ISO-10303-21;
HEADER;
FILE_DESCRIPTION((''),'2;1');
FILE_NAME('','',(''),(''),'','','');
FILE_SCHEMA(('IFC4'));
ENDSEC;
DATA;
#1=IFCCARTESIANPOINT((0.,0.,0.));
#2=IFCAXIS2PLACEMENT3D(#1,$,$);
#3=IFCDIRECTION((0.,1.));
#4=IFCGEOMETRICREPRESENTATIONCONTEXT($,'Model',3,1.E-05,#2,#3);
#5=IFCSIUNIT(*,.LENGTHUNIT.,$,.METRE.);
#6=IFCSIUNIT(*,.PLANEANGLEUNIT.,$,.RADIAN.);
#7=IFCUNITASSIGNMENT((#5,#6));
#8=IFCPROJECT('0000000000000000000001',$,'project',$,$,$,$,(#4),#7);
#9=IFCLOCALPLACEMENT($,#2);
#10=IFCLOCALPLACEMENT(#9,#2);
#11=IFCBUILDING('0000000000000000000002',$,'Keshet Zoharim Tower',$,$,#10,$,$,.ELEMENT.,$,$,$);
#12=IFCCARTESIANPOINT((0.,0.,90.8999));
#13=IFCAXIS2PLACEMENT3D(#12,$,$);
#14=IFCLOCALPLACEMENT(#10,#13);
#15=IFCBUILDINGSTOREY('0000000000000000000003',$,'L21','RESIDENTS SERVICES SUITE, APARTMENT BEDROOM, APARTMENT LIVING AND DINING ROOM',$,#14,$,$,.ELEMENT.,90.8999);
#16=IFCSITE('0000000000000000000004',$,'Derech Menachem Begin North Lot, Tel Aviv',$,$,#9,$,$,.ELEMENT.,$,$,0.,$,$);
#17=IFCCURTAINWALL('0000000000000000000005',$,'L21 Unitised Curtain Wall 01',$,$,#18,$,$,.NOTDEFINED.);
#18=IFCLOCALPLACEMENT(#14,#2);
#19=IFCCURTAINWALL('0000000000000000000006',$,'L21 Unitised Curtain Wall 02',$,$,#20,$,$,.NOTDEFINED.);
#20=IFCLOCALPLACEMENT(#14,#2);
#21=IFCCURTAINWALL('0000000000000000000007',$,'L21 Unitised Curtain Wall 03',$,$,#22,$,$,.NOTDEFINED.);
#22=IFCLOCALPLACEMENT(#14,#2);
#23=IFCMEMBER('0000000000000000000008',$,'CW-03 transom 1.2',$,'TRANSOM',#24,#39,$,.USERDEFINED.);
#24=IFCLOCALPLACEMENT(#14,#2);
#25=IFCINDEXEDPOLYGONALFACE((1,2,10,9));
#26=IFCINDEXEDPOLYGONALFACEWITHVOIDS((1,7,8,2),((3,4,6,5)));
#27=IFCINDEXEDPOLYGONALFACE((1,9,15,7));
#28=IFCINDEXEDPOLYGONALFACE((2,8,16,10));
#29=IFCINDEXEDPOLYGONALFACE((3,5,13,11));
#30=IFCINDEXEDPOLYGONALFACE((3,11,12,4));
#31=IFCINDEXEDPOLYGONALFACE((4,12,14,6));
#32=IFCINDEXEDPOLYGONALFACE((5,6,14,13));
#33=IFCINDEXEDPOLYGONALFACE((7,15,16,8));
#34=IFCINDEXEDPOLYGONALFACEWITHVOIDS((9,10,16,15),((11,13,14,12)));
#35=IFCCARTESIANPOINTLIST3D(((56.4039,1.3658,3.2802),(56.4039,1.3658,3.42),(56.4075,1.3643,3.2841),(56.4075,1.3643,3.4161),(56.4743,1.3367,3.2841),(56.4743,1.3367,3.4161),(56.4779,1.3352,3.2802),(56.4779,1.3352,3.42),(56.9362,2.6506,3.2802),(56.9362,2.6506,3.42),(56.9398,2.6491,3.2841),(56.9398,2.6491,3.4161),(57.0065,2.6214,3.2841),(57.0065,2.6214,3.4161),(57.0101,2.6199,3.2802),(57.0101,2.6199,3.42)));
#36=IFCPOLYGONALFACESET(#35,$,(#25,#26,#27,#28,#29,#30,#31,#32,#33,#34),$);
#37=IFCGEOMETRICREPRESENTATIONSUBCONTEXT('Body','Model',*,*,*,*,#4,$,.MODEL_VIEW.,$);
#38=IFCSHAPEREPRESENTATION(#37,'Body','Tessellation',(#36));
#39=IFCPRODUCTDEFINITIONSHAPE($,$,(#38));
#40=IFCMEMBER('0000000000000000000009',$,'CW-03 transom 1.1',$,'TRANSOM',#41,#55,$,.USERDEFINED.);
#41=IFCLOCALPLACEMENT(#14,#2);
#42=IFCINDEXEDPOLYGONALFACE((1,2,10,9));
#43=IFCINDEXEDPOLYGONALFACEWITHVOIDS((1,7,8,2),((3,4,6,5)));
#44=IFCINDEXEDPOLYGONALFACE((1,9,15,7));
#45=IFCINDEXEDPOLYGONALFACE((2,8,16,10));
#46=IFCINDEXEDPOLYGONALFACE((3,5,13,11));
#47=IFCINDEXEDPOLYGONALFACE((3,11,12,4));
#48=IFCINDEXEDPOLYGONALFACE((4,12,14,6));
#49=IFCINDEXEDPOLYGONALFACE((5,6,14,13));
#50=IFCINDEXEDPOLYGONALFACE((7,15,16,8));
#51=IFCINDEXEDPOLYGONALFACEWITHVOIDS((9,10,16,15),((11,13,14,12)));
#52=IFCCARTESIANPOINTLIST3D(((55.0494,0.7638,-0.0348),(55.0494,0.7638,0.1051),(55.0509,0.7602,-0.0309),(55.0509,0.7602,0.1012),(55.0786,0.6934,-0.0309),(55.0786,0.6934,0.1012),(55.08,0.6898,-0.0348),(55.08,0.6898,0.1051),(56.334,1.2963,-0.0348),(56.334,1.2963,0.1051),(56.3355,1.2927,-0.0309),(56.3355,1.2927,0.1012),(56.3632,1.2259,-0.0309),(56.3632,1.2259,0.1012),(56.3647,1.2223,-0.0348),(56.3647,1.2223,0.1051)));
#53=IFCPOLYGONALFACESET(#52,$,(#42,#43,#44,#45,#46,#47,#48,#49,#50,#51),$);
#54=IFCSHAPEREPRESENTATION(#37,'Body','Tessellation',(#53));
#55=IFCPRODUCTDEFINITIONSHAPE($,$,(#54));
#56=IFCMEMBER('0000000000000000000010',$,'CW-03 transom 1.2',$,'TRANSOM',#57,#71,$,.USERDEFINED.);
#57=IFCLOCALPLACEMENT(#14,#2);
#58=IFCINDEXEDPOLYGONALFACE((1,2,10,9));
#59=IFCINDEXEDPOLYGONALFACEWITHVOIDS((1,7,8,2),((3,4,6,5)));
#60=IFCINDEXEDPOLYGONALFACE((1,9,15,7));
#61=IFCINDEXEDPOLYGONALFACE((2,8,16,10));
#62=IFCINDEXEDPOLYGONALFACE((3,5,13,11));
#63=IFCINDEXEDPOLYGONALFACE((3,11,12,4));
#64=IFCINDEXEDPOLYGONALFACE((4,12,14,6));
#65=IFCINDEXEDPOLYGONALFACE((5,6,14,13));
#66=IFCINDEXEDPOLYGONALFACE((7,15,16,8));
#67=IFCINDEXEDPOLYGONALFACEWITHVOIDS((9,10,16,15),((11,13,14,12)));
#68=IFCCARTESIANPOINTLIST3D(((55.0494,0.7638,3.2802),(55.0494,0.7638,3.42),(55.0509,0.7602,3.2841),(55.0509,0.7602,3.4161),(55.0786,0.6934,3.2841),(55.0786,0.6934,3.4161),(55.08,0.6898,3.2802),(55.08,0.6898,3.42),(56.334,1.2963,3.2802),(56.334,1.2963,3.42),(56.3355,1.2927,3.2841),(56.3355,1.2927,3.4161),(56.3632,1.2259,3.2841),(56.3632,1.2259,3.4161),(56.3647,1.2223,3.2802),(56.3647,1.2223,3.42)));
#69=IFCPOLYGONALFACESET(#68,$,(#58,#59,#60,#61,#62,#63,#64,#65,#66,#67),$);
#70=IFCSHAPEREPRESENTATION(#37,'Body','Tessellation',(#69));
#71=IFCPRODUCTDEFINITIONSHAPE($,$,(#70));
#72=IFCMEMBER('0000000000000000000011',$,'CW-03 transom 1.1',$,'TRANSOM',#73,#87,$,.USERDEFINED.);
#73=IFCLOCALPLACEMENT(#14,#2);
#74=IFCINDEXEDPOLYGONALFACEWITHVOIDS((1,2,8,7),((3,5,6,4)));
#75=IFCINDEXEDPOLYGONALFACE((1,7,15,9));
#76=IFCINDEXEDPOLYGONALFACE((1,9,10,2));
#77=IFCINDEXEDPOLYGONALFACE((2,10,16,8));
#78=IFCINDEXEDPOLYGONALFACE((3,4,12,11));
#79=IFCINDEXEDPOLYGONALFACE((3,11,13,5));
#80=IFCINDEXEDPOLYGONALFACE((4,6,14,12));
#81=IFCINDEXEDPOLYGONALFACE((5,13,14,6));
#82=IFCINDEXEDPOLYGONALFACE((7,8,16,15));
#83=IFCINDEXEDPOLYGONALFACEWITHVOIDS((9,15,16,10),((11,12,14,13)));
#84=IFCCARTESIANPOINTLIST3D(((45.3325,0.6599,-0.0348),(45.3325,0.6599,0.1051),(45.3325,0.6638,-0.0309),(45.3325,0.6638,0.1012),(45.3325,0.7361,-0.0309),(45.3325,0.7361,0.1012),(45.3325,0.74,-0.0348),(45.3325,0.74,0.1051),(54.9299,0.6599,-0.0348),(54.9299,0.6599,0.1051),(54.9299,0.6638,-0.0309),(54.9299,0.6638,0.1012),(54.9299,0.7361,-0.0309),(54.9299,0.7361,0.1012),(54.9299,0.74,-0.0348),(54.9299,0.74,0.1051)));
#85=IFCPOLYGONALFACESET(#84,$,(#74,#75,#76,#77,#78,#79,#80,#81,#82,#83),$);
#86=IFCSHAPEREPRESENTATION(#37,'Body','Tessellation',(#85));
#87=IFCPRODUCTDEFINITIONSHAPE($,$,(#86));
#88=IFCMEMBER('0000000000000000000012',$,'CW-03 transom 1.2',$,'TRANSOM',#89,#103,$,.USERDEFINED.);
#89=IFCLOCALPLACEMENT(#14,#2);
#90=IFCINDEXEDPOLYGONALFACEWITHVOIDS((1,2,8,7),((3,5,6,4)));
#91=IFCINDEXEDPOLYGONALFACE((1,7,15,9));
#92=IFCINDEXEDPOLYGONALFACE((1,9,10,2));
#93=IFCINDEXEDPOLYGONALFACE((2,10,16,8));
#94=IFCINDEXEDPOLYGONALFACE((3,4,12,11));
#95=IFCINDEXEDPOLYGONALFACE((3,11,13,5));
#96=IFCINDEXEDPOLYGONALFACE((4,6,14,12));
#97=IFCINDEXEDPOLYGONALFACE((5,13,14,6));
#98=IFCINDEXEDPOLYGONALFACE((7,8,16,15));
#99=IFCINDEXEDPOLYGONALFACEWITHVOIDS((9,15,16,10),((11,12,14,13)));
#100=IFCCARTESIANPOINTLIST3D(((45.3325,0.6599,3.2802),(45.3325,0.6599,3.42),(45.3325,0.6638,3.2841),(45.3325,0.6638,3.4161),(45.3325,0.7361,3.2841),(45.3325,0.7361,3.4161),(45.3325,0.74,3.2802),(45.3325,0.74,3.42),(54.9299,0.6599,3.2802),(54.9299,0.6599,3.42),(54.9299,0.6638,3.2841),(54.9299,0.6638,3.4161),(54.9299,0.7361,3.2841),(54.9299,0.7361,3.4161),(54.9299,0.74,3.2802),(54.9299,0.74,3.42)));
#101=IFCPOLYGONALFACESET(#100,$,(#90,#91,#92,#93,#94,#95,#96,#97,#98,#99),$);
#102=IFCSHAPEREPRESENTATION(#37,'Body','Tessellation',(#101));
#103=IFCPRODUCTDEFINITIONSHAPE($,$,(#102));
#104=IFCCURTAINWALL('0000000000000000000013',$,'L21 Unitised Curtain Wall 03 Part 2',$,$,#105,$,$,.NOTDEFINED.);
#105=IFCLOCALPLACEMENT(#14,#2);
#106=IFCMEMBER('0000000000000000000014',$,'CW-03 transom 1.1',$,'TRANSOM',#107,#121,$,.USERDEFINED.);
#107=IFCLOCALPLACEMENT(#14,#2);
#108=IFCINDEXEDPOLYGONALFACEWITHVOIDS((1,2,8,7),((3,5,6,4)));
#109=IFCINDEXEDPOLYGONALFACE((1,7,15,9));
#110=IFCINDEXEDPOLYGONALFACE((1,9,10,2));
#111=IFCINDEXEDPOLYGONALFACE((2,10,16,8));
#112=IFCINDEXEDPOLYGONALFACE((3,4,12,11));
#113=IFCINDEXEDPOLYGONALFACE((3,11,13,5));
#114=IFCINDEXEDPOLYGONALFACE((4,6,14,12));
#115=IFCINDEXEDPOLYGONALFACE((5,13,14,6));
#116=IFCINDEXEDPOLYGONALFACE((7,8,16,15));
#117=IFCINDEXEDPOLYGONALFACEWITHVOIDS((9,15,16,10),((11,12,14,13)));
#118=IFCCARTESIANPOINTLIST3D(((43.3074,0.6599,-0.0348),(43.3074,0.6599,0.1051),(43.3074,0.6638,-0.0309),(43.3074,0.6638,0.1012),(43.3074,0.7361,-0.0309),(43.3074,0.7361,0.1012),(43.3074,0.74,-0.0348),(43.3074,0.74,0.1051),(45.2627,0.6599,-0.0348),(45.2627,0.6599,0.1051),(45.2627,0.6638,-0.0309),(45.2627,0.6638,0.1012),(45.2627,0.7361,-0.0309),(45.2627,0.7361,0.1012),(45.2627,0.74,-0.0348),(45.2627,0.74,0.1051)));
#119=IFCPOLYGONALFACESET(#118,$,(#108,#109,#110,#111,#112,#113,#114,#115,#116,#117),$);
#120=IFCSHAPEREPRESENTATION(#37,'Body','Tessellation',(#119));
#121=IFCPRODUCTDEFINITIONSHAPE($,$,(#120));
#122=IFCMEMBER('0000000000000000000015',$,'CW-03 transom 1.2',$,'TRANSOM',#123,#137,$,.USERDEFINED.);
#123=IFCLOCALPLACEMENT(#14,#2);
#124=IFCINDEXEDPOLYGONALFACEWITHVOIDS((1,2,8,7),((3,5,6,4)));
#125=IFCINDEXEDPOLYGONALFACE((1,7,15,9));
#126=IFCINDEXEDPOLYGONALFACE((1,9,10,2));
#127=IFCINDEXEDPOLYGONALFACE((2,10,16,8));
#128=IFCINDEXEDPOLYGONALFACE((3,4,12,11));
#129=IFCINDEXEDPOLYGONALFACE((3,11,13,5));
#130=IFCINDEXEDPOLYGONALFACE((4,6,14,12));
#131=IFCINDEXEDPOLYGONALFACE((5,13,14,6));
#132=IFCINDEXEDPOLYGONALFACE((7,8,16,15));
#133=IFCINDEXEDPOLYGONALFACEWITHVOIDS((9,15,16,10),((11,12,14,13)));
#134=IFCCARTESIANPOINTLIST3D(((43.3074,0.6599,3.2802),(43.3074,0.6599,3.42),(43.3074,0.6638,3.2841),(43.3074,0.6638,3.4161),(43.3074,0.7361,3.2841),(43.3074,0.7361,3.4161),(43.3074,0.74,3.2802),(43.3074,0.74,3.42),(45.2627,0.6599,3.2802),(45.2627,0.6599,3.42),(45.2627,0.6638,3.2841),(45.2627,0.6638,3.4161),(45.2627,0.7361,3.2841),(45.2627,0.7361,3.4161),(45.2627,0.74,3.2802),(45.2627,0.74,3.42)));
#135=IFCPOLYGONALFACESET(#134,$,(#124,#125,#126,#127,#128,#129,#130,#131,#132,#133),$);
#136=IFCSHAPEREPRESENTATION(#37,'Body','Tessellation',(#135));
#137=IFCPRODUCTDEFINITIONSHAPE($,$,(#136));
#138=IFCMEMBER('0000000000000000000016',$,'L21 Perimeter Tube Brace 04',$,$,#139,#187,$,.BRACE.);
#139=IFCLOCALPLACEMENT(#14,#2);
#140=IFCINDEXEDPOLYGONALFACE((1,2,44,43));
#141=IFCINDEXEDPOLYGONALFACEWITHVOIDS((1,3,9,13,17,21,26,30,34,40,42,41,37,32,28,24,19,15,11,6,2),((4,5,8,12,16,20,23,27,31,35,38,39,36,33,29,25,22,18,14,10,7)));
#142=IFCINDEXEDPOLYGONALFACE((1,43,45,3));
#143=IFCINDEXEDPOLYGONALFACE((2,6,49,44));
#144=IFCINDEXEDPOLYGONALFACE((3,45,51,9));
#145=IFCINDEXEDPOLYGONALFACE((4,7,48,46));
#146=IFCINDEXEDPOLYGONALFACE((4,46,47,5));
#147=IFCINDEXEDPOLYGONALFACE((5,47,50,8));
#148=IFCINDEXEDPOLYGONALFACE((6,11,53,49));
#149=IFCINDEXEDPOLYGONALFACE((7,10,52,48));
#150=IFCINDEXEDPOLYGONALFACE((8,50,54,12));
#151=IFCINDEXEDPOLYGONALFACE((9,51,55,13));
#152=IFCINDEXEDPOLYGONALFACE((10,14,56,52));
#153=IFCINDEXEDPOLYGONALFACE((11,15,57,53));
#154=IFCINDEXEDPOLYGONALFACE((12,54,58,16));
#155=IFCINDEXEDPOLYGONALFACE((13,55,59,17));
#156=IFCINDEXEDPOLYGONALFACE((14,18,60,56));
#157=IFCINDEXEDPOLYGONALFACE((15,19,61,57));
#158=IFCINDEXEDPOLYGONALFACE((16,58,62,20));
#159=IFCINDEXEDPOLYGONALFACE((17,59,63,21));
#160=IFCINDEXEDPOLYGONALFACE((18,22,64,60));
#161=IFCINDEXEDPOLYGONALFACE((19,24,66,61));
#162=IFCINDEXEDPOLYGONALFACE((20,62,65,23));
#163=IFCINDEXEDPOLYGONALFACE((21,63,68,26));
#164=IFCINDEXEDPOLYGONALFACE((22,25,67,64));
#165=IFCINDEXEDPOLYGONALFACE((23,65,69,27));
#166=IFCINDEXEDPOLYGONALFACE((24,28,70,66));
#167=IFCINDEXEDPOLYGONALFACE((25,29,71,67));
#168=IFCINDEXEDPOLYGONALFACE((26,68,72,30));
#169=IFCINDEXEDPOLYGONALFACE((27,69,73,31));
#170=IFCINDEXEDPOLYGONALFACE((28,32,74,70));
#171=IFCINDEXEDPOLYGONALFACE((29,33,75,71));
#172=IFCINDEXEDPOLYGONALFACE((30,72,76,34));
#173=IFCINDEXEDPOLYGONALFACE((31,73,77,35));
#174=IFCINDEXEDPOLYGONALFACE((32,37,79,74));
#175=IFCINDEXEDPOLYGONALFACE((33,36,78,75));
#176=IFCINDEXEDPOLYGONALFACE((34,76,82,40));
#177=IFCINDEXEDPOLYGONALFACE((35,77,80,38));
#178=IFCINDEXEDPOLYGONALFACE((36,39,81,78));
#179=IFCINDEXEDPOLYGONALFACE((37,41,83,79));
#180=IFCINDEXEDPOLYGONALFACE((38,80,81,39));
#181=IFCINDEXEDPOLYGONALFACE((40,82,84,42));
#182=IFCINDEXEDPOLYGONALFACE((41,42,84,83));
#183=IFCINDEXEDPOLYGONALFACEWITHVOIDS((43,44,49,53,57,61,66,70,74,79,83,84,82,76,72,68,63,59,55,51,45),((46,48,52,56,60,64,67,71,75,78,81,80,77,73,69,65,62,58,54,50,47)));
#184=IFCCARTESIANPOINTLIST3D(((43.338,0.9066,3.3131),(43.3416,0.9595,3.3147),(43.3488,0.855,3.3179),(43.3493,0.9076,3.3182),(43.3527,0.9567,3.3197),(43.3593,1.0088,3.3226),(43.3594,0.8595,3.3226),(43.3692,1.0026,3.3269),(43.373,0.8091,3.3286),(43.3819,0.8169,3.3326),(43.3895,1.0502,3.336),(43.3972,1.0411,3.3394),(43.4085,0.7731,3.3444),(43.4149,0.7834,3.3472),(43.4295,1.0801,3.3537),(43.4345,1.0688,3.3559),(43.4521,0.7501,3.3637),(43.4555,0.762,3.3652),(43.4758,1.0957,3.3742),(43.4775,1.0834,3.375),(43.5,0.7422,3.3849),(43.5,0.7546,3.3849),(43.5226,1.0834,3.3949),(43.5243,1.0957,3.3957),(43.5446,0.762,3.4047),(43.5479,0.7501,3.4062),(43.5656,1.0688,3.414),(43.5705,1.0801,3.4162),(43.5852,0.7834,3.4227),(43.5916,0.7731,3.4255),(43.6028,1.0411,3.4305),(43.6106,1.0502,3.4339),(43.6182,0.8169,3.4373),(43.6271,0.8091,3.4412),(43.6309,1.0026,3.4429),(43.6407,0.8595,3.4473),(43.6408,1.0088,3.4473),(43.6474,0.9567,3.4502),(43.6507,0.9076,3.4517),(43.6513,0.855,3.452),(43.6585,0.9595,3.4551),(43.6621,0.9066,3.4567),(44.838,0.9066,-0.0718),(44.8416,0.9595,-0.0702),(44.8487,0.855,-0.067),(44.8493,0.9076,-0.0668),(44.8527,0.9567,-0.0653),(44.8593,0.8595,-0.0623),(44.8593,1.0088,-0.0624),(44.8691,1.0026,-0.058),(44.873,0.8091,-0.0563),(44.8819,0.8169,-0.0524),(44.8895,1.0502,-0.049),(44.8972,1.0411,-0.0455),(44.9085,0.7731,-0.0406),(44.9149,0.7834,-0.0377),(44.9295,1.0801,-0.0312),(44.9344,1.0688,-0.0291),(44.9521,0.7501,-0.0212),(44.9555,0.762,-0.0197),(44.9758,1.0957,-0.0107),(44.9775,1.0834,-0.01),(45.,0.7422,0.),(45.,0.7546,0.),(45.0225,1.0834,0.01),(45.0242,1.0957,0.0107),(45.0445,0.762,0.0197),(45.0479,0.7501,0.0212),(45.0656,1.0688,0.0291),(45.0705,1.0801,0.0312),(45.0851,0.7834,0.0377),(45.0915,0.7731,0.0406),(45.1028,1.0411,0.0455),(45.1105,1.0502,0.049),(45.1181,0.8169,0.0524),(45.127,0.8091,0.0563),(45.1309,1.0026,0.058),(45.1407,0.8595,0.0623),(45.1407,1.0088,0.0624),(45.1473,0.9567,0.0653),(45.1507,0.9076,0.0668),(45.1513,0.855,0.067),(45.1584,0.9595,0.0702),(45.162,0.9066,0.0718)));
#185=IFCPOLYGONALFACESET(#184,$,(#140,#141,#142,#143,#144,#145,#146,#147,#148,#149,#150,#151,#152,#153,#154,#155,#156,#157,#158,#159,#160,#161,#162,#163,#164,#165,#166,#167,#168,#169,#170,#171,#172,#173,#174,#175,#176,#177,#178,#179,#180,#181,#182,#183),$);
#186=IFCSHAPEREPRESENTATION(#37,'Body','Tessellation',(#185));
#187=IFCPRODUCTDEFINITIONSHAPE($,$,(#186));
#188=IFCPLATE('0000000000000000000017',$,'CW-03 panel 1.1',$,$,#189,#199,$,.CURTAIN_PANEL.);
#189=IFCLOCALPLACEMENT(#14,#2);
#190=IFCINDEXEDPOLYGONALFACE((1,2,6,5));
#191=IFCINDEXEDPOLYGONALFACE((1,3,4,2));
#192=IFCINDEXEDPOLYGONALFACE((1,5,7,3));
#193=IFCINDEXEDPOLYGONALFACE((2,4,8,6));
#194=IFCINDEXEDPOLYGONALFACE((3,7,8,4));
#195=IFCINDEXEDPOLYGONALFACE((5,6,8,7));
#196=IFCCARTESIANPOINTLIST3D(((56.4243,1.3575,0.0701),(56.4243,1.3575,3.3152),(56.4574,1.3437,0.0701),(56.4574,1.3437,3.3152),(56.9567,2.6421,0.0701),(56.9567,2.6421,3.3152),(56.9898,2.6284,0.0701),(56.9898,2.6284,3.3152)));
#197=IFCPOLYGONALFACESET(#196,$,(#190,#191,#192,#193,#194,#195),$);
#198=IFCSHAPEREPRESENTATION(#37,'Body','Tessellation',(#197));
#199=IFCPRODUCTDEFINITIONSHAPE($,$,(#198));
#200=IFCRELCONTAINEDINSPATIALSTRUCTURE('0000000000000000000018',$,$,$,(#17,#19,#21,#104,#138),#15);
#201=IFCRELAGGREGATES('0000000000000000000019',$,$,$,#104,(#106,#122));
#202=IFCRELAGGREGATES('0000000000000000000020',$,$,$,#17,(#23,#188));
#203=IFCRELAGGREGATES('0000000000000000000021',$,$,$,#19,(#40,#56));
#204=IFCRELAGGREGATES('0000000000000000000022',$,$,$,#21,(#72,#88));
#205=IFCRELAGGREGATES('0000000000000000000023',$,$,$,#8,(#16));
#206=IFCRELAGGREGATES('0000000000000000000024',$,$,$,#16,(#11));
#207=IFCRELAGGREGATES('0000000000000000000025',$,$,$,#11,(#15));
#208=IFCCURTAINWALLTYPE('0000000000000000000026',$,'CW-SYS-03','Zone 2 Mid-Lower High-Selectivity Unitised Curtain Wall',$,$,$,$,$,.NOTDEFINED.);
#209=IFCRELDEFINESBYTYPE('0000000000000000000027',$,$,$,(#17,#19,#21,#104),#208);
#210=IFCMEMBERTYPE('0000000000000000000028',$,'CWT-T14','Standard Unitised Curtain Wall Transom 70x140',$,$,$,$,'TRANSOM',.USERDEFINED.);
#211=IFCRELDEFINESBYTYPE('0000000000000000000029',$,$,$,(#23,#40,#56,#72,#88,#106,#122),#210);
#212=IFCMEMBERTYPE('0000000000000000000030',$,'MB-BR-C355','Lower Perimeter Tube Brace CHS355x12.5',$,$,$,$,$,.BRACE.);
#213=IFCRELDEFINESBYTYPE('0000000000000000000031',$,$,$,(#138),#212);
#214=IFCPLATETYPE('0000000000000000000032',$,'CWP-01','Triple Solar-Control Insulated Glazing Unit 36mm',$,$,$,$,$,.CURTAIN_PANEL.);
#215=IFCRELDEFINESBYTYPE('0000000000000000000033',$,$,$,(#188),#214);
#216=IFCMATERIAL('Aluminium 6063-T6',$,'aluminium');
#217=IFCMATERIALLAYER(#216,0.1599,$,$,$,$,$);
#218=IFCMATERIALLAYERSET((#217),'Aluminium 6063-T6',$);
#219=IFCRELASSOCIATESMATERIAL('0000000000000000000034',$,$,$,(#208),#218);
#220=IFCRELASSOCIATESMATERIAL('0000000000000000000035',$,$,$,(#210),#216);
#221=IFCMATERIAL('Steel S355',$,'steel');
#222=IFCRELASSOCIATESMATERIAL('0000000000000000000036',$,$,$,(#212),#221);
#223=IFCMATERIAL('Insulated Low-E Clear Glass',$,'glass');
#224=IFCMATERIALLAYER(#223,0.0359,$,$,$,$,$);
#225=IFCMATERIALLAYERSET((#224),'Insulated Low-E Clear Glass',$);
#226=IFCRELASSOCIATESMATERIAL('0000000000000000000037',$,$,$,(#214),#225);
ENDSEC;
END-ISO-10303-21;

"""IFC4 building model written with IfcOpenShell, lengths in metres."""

from ifc_helpers import new_model, si_unit, direction, frame, origin, origin_2d, place, context, subcontext, project, spatial, rectangle, hollow_rectangle, hollow_circle, extrude, material, layer, layer_set, material_profile, profile_set, type_object, element, aggregate, save


model = new_model("IFC4")

# Units and contexts
model_context = context("Model", 3, precision=1e-05, world=origin(), true_north=direction((0.0, 1.0)))
body_context = subcontext(model_context, "Body", "Model", "MODEL_VIEW")
ifc_project = project(units=[si_unit("LENGTHUNIT", "METRE"), si_unit("PLANEANGLEUNIT", "RADIAN")], contexts=[model_context])

# Site, building, storey
site_placement = place(None, origin())
site = spatial("IfcSite", under=ifc_project, at=site_placement, Name="Derech Menachem Begin North Lot, Tel Aviv", CompositionType="ELEMENT", RefElevation=0.0)
building_placement = place(site_placement, origin())
building = spatial("IfcBuilding", under=site, at=building_placement, Name="Keshet Zoharim Tower", CompositionType="ELEMENT")
storey_placement = place(building_placement, frame((0.0, 0.0, 90.8999)))
storey = spatial("IfcBuildingStorey", under=building, at=storey_placement, Name="L21", Description="RESIDENTS SERVICES SUITE, APARTMENT BEDROOM, APARTMENT LIVING AND DINING ROOM", CompositionType="ELEMENT", Elevation=90.8999)

# Shared definitions
ifc_material_1 = material(Name="Steel S355", Category="steel")

# Curtain walls
ifc_material_2 = material(Name="Aluminium 6063-T6", Category="aluminium")
ifc_layer_1 = layer(ifc_material_2, 0.1599)
ifc_layer_set_1 = layer_set([ifc_layer_1], Name="Aluminium 6063-T6")
curtain_wall_type = type_object("IfcCurtainWallType", Name="CW-SYS-03", Description="Zone 2 Mid-Lower High-Selectivity Unitised Curtain Wall", PredefinedType="NOTDEFINED", material=ifc_layer_set_1)
curtain_wall_1_placement = place(storey_placement, origin())
curtain_wall_1 = element("IfcCurtainWall", 1, at=curtain_wall_1_placement, inside=storey, type_object=curtain_wall_type, Name="L21 Unitised Curtain Wall 01", PredefinedType="NOTDEFINED")
curtain_wall_2_placement = place(storey_placement, origin())
curtain_wall_2 = element("IfcCurtainWall", 2, at=curtain_wall_2_placement, inside=storey, type_object=curtain_wall_type, Name="L21 Unitised Curtain Wall 02", PredefinedType="NOTDEFINED")
curtain_wall_3_placement = place(storey_placement, origin())
curtain_wall_3 = element("IfcCurtainWall", 3, at=curtain_wall_3_placement, inside=storey, type_object=curtain_wall_type, Name="L21 Unitised Curtain Wall 03", PredefinedType="NOTDEFINED")

# Members
ifc_material_profile_1 = material_profile(ifc_material_2, hollow_rectangle(XDim=0.0801, YDim=0.1399, WallThickness=0.0039, at=origin_2d()), Name="TRN-80x140")
ifc_profile_set_1 = profile_set([ifc_material_profile_1], Name="Aluminium 6063-T6")
member_type_1 = type_object("IfcMemberType", Name="CWT-T14", Description="Standard Unitised Curtain Wall Transom 70x140", ElementType="TRANSOM", PredefinedType="USERDEFINED", material=ifc_profile_set_1)
member_1_placement = place(storey_placement, frame((56.9731, 2.6353, 3.3501), z_axis=(-0.382745, -0.923854, 0.0), x_axis=(0.923854, -0.382745, 0.0)))
member_1 = element("IfcMember", 4, at=member_1_placement, type_object=member_type_1, Name="CW-03 transom 1.2", ObjectType="TRANSOM", PredefinedType="USERDEFINED", context=body_context, shape_type="SweptSolid", body=[
    extrude(hollow_rectangle(XDim=0.0801, YDim=0.1399, WallThickness=0.0039, at=origin_2d()), origin(), (0.0, 0.0, 1.0), 1.3906),
])
member_2_placement = place(storey_placement, frame((56.3494, 1.2593, 0.0352), z_axis=(-0.923792, -0.382894, 0.0), x_axis=(0.382894, -0.923792, 0.0)))
member_2 = element("IfcMember", 5, at=member_2_placement, type_object=member_type_1, Name="CW-03 transom 1.1", ObjectType="TRANSOM", PredefinedType="USERDEFINED", context=body_context, shape_type="SweptSolid", body=[
    extrude(hollow_rectangle(XDim=0.0801, YDim=0.1399, WallThickness=0.0039, at=origin_2d()), origin(), (0.0, 0.0, 1.0), 1.3906),
])
member_3_placement = place(storey_placement, frame((56.3494, 1.2593, 3.3501), z_axis=(-0.923792, -0.382894, 0.0), x_axis=(0.382894, -0.923792, 0.0)))
member_3 = element("IfcMember", 6, at=member_3_placement, type_object=member_type_1, Name="CW-03 transom 1.2", ObjectType="TRANSOM", PredefinedType="USERDEFINED", context=body_context, shape_type="SweptSolid", body=[
    extrude(hollow_rectangle(XDim=0.0801, YDim=0.1399, WallThickness=0.0039, at=origin_2d()), origin(), (0.0, 0.0, 1.0), 1.3906),
])
member_4_placement = place(storey_placement, frame((54.9299, 0.7, 0.0352), z_axis=(-1.0, 0.0, 0.0), x_axis=(0.0, -1.0, 0.0)))
member_4 = element("IfcMember", 7, at=member_4_placement, type_object=member_type_1, Name="CW-03 transom 1.1", ObjectType="TRANSOM", PredefinedType="USERDEFINED", context=body_context, shape_type="SweptSolid", body=[
    extrude(hollow_rectangle(XDim=0.0801, YDim=0.1399, WallThickness=0.0039, at=origin_2d()), origin(), (0.0, 0.0, 1.0), 9.5974),
])
member_5_placement = place(storey_placement, frame((54.9299, 0.7, 3.3501), z_axis=(-1.0, 0.0, 0.0), x_axis=(0.0, -1.0, 0.0)))
member_5 = element("IfcMember", 8, at=member_5_placement, type_object=member_type_1, Name="CW-03 transom 1.2", ObjectType="TRANSOM", PredefinedType="USERDEFINED", context=body_context, shape_type="SweptSolid", body=[
    extrude(hollow_rectangle(XDim=0.0801, YDim=0.1399, WallThickness=0.0039, at=origin_2d()), origin(), (0.0, 0.0, 1.0), 9.5974),
])

# Curtain wall, members
curtain_wall_4_placement = place(storey_placement, origin())
curtain_wall_4 = element("IfcCurtainWall", 9, at=curtain_wall_4_placement, inside=storey, type_object=curtain_wall_type, Name="L21 Unitised Curtain Wall 03 Part 2", PredefinedType="NOTDEFINED")
member_6_placement = place(storey_placement, frame((45.2627, 0.7, 0.0352), z_axis=(-1.0, 0.0, 0.0), x_axis=(0.0, -1.0, 0.0)))
member_6 = element("IfcMember", 10, at=member_6_placement, type_object=member_type_1, Name="CW-03 transom 1.1", ObjectType="TRANSOM", PredefinedType="USERDEFINED", context=body_context, shape_type="SweptSolid", body=[
    extrude(hollow_rectangle(XDim=0.0801, YDim=0.1399, WallThickness=0.0039, at=origin_2d()), origin(), (0.0, 0.0, 1.0), 1.9553),
])
member_7_placement = place(storey_placement, frame((45.2627, 0.7, 3.3501), z_axis=(-1.0, 0.0, 0.0), x_axis=(0.0, -1.0, 0.0)))
member_7 = element("IfcMember", 11, at=member_7_placement, type_object=member_type_1, Name="CW-03 transom 1.2", ObjectType="TRANSOM", PredefinedType="USERDEFINED", context=body_context, shape_type="SweptSolid", body=[
    extrude(hollow_rectangle(XDim=0.0801, YDim=0.1399, WallThickness=0.0039, at=origin_2d()), origin(), (0.0, 0.0, 1.0), 1.9553),
])
aggregate(curtain_wall_4, [member_6, member_7])

# Member
ifc_material_profile_2 = material_profile(ifc_material_1, hollow_circle(Radius=0.1777, WallThickness=0.0125, at=origin_2d()), Name="CHS355x12.5")
ifc_profile_set_2 = profile_set([ifc_material_profile_2], Name="Steel S355")
member_type_2 = type_object("IfcMemberType", Name="MB-BR-C355", Description="Lower Perimeter Tube Brace CHS355x12.5", PredefinedType="BRACE", material=ifc_profile_set_2)
member_8_placement = place(storey_placement, frame((45.0, 0.9199, 0.0), z_axis=(-0.405135, 0.0, 0.914257), x_axis=(0.0, -1.0, 0.0)))
element("IfcMember", 12, at=member_8_placement, inside=storey, type_object=member_type_2, Name="L21 Perimeter Tube Brace 04", PredefinedType="BRACE", context=body_context, shape_type="SweptSolid", body=[
    extrude(hollow_circle(Radius=0.1777, WallThickness=0.0125, at=origin_2d()), origin(), (0.0, 0.0, 1.0), 3.7024),
])

# Plate
ifc_material_3 = material(Name="Insulated Low-E Clear Glass", Category="glass")
ifc_layer_2 = layer(ifc_material_3, 0.0359)
ifc_layer_set_2 = layer_set([ifc_layer_2], Name="Insulated Low-E Clear Glass")
plate_type = type_object("IfcPlateType", Name="CWP-01", Description="Triple Solar-Control Insulated Glazing Unit 36mm", PredefinedType="CURTAIN_PANEL", material=ifc_layer_set_2)
plate_1_placement = place(storey_placement, frame((56.707, 1.9929, 0.0701), z_axis=(0.0, 0.0, 1.0), x_axis=(-0.382852, -0.92381, 0.0)))
plate_1 = element("IfcPlate", 13, at=plate_1_placement, type_object=plate_type, Name="CW-03 panel 1.1", PredefinedType="CURTAIN_PANEL", context=body_context, shape_type="SweptSolid", body=[
    extrude(rectangle(XDim=1.3906, YDim=0.0359, at=origin_2d()), origin(), (0.0, 0.0, 1.0), 3.2451),
])
aggregate(curtain_wall_1, [member_1, plate_1])
aggregate(curtain_wall_2, [member_2, member_3])
aggregate(curtain_wall_3, [member_4, member_5])

save(model, "model.ifc")
